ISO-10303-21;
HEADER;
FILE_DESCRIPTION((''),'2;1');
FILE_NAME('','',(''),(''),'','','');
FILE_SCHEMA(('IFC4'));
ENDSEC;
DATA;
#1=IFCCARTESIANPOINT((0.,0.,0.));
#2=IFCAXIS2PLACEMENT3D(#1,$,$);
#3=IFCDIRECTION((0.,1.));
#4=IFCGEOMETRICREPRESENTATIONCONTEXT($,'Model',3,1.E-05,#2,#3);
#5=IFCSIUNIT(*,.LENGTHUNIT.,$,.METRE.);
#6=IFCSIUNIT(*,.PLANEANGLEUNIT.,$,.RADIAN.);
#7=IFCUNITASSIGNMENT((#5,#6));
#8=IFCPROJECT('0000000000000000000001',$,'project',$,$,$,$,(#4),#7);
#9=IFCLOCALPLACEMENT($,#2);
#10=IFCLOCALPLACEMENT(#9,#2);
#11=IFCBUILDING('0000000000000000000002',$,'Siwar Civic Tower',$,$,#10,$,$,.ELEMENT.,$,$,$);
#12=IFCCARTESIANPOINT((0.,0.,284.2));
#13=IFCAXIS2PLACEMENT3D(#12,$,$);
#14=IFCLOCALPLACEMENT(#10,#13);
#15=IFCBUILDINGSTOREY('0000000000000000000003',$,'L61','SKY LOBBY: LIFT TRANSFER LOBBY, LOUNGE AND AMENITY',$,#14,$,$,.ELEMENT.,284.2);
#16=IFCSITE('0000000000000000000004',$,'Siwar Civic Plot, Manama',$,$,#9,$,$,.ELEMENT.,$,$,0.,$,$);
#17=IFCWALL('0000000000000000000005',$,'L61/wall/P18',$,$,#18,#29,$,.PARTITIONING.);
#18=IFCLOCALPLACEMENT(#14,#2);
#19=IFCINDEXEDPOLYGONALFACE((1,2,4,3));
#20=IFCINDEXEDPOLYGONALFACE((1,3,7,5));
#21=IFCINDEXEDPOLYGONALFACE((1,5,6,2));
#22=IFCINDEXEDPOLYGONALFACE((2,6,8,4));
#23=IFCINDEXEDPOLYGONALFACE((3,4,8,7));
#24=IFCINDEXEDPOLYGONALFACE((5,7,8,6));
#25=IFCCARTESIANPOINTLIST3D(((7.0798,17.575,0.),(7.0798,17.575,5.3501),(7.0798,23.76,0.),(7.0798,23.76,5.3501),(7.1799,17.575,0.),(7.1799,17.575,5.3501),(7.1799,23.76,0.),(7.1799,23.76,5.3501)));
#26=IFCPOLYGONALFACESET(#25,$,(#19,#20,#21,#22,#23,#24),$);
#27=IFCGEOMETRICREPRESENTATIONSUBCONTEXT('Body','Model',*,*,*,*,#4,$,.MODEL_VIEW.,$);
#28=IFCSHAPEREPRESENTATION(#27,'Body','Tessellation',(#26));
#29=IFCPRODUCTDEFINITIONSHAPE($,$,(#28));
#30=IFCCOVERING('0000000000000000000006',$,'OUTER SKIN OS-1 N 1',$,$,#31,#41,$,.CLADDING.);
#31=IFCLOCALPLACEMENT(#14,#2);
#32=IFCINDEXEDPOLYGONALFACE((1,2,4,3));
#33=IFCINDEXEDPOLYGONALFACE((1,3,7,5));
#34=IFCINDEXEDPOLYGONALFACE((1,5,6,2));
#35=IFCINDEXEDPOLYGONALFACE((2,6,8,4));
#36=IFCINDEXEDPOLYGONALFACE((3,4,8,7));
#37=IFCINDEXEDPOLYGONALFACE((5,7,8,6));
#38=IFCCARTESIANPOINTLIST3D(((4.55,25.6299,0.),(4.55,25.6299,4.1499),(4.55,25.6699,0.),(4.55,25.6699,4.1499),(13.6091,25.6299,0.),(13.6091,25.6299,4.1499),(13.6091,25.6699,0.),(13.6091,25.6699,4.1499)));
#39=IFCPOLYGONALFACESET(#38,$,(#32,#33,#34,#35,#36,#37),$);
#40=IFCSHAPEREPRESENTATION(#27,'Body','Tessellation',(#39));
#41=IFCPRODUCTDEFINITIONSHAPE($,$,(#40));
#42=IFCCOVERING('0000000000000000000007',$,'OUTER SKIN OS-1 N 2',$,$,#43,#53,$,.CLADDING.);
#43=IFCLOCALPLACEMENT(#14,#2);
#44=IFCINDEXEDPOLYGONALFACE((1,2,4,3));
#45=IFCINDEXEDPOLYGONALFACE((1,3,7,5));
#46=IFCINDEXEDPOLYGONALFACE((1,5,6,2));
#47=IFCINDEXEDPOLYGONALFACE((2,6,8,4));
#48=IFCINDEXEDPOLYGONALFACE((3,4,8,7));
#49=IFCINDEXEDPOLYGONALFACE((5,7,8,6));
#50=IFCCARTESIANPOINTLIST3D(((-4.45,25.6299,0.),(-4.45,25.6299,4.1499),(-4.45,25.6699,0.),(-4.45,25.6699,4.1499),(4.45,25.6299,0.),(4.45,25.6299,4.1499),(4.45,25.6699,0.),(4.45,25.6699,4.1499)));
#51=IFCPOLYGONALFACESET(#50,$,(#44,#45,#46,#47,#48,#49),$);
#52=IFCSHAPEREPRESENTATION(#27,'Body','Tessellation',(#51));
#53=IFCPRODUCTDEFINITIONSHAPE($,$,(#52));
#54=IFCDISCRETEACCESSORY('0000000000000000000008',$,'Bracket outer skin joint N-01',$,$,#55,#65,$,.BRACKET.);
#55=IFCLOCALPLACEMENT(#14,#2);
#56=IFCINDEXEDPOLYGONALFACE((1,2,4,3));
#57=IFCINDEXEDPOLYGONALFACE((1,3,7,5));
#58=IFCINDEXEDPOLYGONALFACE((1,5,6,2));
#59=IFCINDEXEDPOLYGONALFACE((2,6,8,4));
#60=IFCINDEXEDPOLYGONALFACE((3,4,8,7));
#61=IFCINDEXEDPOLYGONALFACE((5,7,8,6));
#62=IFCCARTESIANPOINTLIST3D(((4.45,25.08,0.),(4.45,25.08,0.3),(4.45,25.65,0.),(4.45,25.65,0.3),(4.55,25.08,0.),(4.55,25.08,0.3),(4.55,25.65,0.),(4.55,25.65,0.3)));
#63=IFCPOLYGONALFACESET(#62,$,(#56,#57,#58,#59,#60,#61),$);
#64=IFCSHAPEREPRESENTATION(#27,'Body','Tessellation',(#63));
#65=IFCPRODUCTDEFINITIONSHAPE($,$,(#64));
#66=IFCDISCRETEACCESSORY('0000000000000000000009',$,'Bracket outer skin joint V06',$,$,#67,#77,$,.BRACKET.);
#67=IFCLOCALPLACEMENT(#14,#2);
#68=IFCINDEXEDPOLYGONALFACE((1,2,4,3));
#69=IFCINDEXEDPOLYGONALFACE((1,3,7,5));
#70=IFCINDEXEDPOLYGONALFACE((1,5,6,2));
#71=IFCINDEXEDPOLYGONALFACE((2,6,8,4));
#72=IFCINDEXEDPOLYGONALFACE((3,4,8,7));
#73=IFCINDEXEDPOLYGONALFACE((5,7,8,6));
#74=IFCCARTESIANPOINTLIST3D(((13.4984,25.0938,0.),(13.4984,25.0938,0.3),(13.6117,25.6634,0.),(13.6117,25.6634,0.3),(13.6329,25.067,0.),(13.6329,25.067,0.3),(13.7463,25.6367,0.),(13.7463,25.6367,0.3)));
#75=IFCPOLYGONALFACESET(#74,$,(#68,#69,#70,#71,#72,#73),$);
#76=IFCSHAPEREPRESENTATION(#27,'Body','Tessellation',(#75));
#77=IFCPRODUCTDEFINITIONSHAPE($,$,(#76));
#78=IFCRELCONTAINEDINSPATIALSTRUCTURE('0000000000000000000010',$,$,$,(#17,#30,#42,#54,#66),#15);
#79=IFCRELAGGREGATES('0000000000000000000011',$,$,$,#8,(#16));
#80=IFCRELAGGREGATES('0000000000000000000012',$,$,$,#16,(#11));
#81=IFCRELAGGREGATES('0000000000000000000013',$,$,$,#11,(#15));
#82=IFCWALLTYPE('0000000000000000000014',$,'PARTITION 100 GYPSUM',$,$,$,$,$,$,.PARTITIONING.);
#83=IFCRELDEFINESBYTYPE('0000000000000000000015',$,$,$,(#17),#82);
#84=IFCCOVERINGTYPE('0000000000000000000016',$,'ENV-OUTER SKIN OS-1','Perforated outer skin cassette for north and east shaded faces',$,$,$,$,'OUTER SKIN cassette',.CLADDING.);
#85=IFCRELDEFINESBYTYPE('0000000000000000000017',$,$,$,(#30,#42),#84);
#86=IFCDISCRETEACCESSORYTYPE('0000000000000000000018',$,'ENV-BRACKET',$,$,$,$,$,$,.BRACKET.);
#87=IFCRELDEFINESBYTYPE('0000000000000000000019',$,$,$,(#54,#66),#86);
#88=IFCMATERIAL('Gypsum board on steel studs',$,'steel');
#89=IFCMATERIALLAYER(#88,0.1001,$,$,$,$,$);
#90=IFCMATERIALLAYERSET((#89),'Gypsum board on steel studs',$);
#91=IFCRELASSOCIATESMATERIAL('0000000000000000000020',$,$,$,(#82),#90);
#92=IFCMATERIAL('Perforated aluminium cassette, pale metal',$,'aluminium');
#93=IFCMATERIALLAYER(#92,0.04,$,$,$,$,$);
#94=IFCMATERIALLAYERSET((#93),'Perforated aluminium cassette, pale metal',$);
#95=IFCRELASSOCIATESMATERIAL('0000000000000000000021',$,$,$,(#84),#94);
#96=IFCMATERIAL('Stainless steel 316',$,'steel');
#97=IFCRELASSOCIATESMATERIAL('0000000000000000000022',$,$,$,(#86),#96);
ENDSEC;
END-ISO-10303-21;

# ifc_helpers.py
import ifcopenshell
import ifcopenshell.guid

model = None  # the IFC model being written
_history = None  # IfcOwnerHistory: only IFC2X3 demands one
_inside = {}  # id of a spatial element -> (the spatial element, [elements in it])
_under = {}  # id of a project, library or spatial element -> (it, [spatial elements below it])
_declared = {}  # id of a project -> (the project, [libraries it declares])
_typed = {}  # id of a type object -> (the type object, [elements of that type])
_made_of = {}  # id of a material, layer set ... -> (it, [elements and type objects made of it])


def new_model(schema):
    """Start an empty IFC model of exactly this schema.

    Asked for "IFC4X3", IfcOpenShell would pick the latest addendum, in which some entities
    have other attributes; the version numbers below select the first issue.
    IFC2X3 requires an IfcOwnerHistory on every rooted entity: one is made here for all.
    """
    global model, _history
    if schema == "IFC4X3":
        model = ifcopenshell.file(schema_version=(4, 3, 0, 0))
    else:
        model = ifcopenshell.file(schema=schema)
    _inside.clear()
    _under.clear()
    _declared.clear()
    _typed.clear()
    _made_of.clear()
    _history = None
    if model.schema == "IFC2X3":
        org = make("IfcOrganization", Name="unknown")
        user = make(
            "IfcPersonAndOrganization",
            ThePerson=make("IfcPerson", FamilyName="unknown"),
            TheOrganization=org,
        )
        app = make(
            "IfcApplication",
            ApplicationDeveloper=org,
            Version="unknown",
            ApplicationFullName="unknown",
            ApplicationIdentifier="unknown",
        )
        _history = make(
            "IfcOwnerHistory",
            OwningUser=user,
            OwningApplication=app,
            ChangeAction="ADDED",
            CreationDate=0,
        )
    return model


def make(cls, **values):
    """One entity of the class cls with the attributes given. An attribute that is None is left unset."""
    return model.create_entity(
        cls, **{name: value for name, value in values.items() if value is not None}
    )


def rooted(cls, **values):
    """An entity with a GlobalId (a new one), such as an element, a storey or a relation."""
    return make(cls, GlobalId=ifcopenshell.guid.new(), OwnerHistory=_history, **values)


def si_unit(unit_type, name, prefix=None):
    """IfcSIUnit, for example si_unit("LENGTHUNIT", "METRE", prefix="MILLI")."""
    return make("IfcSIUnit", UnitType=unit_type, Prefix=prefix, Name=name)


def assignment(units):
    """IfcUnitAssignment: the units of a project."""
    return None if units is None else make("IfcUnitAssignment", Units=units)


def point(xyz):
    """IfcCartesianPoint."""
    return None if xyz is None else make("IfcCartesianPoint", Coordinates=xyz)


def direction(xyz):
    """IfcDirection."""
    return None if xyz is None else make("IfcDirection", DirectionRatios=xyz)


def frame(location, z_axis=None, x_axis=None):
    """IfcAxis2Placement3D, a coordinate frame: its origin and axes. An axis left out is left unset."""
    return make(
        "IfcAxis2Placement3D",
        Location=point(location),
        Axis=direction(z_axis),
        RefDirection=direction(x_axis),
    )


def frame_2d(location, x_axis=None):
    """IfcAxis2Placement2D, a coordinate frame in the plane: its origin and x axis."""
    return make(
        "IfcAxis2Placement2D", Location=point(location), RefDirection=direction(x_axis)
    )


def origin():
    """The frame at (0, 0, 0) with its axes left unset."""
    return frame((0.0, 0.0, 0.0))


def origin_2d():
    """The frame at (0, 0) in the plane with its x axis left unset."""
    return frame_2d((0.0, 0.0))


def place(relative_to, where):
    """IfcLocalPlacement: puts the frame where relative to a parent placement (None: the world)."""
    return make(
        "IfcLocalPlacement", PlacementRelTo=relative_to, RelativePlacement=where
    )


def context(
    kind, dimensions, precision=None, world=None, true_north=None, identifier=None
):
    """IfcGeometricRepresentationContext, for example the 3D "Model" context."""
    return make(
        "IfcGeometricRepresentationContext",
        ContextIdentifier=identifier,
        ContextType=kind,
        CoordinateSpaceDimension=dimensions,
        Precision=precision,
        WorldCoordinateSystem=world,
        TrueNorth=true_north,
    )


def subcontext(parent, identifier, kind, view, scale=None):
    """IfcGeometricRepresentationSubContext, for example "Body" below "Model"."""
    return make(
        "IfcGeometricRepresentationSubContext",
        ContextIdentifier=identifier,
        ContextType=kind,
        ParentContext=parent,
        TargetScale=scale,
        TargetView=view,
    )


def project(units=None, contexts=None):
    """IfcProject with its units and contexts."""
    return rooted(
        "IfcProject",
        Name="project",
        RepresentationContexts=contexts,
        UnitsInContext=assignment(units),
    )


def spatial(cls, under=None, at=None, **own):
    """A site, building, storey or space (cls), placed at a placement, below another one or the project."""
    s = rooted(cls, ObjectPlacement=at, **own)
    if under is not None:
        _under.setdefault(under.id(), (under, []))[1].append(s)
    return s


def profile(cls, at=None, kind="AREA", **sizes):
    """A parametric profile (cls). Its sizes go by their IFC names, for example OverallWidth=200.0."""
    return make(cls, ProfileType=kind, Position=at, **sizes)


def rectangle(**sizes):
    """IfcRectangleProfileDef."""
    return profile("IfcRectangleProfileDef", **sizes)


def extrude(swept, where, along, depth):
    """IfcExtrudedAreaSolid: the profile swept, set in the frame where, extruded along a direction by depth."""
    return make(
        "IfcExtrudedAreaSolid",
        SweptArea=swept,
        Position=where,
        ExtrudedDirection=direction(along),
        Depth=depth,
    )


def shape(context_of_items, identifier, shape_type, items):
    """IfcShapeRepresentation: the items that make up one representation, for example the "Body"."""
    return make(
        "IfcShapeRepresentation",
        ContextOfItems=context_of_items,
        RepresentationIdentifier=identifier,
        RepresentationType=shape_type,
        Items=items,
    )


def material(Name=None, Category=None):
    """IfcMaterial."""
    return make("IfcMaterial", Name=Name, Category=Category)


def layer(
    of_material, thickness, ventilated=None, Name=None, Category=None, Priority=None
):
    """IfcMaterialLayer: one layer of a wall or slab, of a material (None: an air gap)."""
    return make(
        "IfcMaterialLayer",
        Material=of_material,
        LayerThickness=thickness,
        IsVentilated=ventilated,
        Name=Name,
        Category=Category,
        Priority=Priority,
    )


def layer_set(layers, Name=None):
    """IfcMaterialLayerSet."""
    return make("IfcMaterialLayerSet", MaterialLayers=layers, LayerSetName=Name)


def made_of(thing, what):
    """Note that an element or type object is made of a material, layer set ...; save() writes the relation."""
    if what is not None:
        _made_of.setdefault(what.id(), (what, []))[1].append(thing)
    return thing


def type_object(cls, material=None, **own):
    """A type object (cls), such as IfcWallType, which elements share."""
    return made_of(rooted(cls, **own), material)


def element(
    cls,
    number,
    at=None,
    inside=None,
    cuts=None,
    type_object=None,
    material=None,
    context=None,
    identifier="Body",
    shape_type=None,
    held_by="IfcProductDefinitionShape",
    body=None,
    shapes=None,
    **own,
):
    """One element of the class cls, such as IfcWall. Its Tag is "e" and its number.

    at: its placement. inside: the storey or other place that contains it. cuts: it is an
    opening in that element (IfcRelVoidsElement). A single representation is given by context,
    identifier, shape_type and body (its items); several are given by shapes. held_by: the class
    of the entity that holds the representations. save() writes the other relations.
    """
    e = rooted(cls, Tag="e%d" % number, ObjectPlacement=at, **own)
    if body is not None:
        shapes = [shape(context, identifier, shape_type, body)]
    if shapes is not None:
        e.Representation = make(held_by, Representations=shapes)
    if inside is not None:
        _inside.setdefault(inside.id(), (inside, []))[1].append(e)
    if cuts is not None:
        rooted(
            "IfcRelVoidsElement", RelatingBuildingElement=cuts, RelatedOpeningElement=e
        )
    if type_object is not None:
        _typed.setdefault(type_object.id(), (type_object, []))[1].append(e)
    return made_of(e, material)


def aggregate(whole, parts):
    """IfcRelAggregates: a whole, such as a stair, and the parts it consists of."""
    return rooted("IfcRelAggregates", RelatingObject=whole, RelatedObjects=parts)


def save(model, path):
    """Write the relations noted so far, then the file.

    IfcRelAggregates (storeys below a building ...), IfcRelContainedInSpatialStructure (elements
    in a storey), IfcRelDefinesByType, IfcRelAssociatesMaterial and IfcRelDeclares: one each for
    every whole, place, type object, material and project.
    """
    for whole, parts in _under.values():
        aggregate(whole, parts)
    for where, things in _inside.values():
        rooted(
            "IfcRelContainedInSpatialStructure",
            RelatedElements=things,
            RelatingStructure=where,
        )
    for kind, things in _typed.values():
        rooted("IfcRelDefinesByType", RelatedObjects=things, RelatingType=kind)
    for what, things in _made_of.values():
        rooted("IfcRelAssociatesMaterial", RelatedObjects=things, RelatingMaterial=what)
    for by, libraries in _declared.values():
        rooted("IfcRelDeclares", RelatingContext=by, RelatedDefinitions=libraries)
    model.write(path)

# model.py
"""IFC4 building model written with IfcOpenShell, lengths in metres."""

from ifc_helpers import new_model, si_unit, direction, frame, frame_2d, origin, origin_2d, place, context, subcontext, project, spatial, rectangle, extrude, material, layer, layer_set, type_object, element, save


model = new_model("IFC4")

# Units and contexts
model_context = context("Model", 3, precision=1e-05, world=origin(), true_north=direction((0.0, 1.0)))
body_context = subcontext(model_context, "Body", "Model", "MODEL_VIEW")
ifc_project = project(units=[si_unit("LENGTHUNIT", "METRE"), si_unit("PLANEANGLEUNIT", "RADIAN")], contexts=[model_context])

# Site, building, storey
site_placement = place(None, origin())
site = spatial("IfcSite", under=ifc_project, at=site_placement, Name="Siwar Civic Plot, Manama", CompositionType="ELEMENT", RefElevation=0.0)
building_placement = place(site_placement, origin())
building = spatial("IfcBuilding", under=site, at=building_placement, Name="Siwar Civic Tower", CompositionType="ELEMENT")
storey_placement = place(building_placement, frame((0.0, 0.0, 284.2)))
storey = spatial("IfcBuildingStorey", under=building, at=storey_placement, Name="L61", Description="SKY LOBBY: LIFT TRANSFER LOBBY, LOUNGE AND AMENITY", CompositionType="ELEMENT", Elevation=284.2)

# Wall
ifc_material_1 = material(Name="Gypsum board on steel studs", Category="steel")
ifc_layer_1 = layer(ifc_material_1, 0.1001)
ifc_layer_set_1 = layer_set([ifc_layer_1], Name="Gypsum board on steel studs")
wall_type_1 = type_object("IfcWallType", Name="PARTITION 100 GYPSUM", PredefinedType="PARTITIONING", material=ifc_layer_set_1)
wall_1_placement = place(storey_placement, frame((7.1299, 17.575, 0.0), z_axis=(0.0, 0.0, 1.0), x_axis=(0.0, 1.0, 0.0)))
element("IfcWall", 1, at=wall_1_placement, inside=storey, type_object=wall_type_1, Name="L61/wall/P18", PredefinedType="PARTITIONING", context=body_context, shape_type="SweptSolid", body=[
    extrude(rectangle(XDim=6.1851, YDim=0.1001, at=frame_2d((3.0925, 0.0))), origin(), (0.0, 0.0, 1.0), 5.3501),
])

# Coverings
ifc_material_2 = material(Name="Perforated aluminium cassette, pale metal", Category="aluminium")
ifc_layer_2 = layer(ifc_material_2, 0.04)
ifc_layer_set_2 = layer_set([ifc_layer_2], Name="Perforated aluminium cassette, pale metal")
covering_type = type_object("IfcCoveringType", Name="ENV-OUTER SKIN OS-1", Description="Perforated outer skin cassette for north and east shaded faces", ElementType="OUTER SKIN cassette", PredefinedType="CLADDING", material=ifc_layer_set_2)
covering_1_placement = place(storey_placement, frame((9.0796, 25.6499, 0.0), z_axis=(0.0, 0.0, 1.0), x_axis=(-1.0, 0.0, 0.0)))
element("IfcCovering", 2, at=covering_1_placement, inside=storey, type_object=covering_type, Name="OUTER SKIN OS-1 N 1", PredefinedType="CLADDING", context=body_context, shape_type="SweptSolid", body=[
    extrude(rectangle(XDim=9.0591, YDim=0.04, at=origin_2d()), origin(), (0.0, 0.0, 1.0), 4.1499),
])
covering_2_placement = place(storey_placement, frame((0.0, 25.6499, 0.0), z_axis=(0.0, 0.0, 1.0), x_axis=(-1.0, 0.0, 0.0)))
element("IfcCovering", 3, at=covering_2_placement, inside=storey, type_object=covering_type, Name="OUTER SKIN OS-1 N 2", PredefinedType="CLADDING", context=body_context, shape_type="SweptSolid", body=[
    extrude(rectangle(XDim=8.8999, YDim=0.04, at=origin_2d()), origin(), (0.0, 0.0, 1.0), 4.1499),
])

# Discrete accessories
ifc_material_3 = material(Name="Stainless steel 316", Category="steel")
discrete_accessory_type = type_object("IfcDiscreteAccessoryType", Name="ENV-BRACKET", PredefinedType="BRACKET", material=ifc_material_3)
discrete_accessory_1_placement = place(storey_placement, frame((4.5, 25.365, 0.0), z_axis=(0.0, 0.0, 1.0), x_axis=(0.0, 1.0, 0.0)))
element("IfcDiscreteAccessory", 4, at=discrete_accessory_1_placement, inside=storey, type_object=discrete_accessory_type, Name="Bracket outer skin joint N-01", PredefinedType="BRACKET", context=body_context, shape_type="SweptSolid", body=[
    extrude(rectangle(XDim=0.5701, YDim=0.1001, at=origin_2d()), origin(), (0.0, 0.0, 1.0), 0.3),
])
discrete_accessory_2_placement = place(storey_placement, frame((13.6223, 25.3652, 0.0), z_axis=(0.0, 0.0, 1.0), x_axis=(0.19509, 0.980785, 0.0)))
element("IfcDiscreteAccessory", 5, at=discrete_accessory_2_placement, inside=storey, type_object=discrete_accessory_type, Name="Bracket outer skin joint V06", PredefinedType="BRACKET", context=body_context, shape_type="SweptSolid", body=[
    extrude(rectangle(XDim=0.5808, YDim=0.1372, at=origin_2d()), origin(), (0.0, 0.0, 1.0), 0.3),
])

save(model, "model.ifc")
